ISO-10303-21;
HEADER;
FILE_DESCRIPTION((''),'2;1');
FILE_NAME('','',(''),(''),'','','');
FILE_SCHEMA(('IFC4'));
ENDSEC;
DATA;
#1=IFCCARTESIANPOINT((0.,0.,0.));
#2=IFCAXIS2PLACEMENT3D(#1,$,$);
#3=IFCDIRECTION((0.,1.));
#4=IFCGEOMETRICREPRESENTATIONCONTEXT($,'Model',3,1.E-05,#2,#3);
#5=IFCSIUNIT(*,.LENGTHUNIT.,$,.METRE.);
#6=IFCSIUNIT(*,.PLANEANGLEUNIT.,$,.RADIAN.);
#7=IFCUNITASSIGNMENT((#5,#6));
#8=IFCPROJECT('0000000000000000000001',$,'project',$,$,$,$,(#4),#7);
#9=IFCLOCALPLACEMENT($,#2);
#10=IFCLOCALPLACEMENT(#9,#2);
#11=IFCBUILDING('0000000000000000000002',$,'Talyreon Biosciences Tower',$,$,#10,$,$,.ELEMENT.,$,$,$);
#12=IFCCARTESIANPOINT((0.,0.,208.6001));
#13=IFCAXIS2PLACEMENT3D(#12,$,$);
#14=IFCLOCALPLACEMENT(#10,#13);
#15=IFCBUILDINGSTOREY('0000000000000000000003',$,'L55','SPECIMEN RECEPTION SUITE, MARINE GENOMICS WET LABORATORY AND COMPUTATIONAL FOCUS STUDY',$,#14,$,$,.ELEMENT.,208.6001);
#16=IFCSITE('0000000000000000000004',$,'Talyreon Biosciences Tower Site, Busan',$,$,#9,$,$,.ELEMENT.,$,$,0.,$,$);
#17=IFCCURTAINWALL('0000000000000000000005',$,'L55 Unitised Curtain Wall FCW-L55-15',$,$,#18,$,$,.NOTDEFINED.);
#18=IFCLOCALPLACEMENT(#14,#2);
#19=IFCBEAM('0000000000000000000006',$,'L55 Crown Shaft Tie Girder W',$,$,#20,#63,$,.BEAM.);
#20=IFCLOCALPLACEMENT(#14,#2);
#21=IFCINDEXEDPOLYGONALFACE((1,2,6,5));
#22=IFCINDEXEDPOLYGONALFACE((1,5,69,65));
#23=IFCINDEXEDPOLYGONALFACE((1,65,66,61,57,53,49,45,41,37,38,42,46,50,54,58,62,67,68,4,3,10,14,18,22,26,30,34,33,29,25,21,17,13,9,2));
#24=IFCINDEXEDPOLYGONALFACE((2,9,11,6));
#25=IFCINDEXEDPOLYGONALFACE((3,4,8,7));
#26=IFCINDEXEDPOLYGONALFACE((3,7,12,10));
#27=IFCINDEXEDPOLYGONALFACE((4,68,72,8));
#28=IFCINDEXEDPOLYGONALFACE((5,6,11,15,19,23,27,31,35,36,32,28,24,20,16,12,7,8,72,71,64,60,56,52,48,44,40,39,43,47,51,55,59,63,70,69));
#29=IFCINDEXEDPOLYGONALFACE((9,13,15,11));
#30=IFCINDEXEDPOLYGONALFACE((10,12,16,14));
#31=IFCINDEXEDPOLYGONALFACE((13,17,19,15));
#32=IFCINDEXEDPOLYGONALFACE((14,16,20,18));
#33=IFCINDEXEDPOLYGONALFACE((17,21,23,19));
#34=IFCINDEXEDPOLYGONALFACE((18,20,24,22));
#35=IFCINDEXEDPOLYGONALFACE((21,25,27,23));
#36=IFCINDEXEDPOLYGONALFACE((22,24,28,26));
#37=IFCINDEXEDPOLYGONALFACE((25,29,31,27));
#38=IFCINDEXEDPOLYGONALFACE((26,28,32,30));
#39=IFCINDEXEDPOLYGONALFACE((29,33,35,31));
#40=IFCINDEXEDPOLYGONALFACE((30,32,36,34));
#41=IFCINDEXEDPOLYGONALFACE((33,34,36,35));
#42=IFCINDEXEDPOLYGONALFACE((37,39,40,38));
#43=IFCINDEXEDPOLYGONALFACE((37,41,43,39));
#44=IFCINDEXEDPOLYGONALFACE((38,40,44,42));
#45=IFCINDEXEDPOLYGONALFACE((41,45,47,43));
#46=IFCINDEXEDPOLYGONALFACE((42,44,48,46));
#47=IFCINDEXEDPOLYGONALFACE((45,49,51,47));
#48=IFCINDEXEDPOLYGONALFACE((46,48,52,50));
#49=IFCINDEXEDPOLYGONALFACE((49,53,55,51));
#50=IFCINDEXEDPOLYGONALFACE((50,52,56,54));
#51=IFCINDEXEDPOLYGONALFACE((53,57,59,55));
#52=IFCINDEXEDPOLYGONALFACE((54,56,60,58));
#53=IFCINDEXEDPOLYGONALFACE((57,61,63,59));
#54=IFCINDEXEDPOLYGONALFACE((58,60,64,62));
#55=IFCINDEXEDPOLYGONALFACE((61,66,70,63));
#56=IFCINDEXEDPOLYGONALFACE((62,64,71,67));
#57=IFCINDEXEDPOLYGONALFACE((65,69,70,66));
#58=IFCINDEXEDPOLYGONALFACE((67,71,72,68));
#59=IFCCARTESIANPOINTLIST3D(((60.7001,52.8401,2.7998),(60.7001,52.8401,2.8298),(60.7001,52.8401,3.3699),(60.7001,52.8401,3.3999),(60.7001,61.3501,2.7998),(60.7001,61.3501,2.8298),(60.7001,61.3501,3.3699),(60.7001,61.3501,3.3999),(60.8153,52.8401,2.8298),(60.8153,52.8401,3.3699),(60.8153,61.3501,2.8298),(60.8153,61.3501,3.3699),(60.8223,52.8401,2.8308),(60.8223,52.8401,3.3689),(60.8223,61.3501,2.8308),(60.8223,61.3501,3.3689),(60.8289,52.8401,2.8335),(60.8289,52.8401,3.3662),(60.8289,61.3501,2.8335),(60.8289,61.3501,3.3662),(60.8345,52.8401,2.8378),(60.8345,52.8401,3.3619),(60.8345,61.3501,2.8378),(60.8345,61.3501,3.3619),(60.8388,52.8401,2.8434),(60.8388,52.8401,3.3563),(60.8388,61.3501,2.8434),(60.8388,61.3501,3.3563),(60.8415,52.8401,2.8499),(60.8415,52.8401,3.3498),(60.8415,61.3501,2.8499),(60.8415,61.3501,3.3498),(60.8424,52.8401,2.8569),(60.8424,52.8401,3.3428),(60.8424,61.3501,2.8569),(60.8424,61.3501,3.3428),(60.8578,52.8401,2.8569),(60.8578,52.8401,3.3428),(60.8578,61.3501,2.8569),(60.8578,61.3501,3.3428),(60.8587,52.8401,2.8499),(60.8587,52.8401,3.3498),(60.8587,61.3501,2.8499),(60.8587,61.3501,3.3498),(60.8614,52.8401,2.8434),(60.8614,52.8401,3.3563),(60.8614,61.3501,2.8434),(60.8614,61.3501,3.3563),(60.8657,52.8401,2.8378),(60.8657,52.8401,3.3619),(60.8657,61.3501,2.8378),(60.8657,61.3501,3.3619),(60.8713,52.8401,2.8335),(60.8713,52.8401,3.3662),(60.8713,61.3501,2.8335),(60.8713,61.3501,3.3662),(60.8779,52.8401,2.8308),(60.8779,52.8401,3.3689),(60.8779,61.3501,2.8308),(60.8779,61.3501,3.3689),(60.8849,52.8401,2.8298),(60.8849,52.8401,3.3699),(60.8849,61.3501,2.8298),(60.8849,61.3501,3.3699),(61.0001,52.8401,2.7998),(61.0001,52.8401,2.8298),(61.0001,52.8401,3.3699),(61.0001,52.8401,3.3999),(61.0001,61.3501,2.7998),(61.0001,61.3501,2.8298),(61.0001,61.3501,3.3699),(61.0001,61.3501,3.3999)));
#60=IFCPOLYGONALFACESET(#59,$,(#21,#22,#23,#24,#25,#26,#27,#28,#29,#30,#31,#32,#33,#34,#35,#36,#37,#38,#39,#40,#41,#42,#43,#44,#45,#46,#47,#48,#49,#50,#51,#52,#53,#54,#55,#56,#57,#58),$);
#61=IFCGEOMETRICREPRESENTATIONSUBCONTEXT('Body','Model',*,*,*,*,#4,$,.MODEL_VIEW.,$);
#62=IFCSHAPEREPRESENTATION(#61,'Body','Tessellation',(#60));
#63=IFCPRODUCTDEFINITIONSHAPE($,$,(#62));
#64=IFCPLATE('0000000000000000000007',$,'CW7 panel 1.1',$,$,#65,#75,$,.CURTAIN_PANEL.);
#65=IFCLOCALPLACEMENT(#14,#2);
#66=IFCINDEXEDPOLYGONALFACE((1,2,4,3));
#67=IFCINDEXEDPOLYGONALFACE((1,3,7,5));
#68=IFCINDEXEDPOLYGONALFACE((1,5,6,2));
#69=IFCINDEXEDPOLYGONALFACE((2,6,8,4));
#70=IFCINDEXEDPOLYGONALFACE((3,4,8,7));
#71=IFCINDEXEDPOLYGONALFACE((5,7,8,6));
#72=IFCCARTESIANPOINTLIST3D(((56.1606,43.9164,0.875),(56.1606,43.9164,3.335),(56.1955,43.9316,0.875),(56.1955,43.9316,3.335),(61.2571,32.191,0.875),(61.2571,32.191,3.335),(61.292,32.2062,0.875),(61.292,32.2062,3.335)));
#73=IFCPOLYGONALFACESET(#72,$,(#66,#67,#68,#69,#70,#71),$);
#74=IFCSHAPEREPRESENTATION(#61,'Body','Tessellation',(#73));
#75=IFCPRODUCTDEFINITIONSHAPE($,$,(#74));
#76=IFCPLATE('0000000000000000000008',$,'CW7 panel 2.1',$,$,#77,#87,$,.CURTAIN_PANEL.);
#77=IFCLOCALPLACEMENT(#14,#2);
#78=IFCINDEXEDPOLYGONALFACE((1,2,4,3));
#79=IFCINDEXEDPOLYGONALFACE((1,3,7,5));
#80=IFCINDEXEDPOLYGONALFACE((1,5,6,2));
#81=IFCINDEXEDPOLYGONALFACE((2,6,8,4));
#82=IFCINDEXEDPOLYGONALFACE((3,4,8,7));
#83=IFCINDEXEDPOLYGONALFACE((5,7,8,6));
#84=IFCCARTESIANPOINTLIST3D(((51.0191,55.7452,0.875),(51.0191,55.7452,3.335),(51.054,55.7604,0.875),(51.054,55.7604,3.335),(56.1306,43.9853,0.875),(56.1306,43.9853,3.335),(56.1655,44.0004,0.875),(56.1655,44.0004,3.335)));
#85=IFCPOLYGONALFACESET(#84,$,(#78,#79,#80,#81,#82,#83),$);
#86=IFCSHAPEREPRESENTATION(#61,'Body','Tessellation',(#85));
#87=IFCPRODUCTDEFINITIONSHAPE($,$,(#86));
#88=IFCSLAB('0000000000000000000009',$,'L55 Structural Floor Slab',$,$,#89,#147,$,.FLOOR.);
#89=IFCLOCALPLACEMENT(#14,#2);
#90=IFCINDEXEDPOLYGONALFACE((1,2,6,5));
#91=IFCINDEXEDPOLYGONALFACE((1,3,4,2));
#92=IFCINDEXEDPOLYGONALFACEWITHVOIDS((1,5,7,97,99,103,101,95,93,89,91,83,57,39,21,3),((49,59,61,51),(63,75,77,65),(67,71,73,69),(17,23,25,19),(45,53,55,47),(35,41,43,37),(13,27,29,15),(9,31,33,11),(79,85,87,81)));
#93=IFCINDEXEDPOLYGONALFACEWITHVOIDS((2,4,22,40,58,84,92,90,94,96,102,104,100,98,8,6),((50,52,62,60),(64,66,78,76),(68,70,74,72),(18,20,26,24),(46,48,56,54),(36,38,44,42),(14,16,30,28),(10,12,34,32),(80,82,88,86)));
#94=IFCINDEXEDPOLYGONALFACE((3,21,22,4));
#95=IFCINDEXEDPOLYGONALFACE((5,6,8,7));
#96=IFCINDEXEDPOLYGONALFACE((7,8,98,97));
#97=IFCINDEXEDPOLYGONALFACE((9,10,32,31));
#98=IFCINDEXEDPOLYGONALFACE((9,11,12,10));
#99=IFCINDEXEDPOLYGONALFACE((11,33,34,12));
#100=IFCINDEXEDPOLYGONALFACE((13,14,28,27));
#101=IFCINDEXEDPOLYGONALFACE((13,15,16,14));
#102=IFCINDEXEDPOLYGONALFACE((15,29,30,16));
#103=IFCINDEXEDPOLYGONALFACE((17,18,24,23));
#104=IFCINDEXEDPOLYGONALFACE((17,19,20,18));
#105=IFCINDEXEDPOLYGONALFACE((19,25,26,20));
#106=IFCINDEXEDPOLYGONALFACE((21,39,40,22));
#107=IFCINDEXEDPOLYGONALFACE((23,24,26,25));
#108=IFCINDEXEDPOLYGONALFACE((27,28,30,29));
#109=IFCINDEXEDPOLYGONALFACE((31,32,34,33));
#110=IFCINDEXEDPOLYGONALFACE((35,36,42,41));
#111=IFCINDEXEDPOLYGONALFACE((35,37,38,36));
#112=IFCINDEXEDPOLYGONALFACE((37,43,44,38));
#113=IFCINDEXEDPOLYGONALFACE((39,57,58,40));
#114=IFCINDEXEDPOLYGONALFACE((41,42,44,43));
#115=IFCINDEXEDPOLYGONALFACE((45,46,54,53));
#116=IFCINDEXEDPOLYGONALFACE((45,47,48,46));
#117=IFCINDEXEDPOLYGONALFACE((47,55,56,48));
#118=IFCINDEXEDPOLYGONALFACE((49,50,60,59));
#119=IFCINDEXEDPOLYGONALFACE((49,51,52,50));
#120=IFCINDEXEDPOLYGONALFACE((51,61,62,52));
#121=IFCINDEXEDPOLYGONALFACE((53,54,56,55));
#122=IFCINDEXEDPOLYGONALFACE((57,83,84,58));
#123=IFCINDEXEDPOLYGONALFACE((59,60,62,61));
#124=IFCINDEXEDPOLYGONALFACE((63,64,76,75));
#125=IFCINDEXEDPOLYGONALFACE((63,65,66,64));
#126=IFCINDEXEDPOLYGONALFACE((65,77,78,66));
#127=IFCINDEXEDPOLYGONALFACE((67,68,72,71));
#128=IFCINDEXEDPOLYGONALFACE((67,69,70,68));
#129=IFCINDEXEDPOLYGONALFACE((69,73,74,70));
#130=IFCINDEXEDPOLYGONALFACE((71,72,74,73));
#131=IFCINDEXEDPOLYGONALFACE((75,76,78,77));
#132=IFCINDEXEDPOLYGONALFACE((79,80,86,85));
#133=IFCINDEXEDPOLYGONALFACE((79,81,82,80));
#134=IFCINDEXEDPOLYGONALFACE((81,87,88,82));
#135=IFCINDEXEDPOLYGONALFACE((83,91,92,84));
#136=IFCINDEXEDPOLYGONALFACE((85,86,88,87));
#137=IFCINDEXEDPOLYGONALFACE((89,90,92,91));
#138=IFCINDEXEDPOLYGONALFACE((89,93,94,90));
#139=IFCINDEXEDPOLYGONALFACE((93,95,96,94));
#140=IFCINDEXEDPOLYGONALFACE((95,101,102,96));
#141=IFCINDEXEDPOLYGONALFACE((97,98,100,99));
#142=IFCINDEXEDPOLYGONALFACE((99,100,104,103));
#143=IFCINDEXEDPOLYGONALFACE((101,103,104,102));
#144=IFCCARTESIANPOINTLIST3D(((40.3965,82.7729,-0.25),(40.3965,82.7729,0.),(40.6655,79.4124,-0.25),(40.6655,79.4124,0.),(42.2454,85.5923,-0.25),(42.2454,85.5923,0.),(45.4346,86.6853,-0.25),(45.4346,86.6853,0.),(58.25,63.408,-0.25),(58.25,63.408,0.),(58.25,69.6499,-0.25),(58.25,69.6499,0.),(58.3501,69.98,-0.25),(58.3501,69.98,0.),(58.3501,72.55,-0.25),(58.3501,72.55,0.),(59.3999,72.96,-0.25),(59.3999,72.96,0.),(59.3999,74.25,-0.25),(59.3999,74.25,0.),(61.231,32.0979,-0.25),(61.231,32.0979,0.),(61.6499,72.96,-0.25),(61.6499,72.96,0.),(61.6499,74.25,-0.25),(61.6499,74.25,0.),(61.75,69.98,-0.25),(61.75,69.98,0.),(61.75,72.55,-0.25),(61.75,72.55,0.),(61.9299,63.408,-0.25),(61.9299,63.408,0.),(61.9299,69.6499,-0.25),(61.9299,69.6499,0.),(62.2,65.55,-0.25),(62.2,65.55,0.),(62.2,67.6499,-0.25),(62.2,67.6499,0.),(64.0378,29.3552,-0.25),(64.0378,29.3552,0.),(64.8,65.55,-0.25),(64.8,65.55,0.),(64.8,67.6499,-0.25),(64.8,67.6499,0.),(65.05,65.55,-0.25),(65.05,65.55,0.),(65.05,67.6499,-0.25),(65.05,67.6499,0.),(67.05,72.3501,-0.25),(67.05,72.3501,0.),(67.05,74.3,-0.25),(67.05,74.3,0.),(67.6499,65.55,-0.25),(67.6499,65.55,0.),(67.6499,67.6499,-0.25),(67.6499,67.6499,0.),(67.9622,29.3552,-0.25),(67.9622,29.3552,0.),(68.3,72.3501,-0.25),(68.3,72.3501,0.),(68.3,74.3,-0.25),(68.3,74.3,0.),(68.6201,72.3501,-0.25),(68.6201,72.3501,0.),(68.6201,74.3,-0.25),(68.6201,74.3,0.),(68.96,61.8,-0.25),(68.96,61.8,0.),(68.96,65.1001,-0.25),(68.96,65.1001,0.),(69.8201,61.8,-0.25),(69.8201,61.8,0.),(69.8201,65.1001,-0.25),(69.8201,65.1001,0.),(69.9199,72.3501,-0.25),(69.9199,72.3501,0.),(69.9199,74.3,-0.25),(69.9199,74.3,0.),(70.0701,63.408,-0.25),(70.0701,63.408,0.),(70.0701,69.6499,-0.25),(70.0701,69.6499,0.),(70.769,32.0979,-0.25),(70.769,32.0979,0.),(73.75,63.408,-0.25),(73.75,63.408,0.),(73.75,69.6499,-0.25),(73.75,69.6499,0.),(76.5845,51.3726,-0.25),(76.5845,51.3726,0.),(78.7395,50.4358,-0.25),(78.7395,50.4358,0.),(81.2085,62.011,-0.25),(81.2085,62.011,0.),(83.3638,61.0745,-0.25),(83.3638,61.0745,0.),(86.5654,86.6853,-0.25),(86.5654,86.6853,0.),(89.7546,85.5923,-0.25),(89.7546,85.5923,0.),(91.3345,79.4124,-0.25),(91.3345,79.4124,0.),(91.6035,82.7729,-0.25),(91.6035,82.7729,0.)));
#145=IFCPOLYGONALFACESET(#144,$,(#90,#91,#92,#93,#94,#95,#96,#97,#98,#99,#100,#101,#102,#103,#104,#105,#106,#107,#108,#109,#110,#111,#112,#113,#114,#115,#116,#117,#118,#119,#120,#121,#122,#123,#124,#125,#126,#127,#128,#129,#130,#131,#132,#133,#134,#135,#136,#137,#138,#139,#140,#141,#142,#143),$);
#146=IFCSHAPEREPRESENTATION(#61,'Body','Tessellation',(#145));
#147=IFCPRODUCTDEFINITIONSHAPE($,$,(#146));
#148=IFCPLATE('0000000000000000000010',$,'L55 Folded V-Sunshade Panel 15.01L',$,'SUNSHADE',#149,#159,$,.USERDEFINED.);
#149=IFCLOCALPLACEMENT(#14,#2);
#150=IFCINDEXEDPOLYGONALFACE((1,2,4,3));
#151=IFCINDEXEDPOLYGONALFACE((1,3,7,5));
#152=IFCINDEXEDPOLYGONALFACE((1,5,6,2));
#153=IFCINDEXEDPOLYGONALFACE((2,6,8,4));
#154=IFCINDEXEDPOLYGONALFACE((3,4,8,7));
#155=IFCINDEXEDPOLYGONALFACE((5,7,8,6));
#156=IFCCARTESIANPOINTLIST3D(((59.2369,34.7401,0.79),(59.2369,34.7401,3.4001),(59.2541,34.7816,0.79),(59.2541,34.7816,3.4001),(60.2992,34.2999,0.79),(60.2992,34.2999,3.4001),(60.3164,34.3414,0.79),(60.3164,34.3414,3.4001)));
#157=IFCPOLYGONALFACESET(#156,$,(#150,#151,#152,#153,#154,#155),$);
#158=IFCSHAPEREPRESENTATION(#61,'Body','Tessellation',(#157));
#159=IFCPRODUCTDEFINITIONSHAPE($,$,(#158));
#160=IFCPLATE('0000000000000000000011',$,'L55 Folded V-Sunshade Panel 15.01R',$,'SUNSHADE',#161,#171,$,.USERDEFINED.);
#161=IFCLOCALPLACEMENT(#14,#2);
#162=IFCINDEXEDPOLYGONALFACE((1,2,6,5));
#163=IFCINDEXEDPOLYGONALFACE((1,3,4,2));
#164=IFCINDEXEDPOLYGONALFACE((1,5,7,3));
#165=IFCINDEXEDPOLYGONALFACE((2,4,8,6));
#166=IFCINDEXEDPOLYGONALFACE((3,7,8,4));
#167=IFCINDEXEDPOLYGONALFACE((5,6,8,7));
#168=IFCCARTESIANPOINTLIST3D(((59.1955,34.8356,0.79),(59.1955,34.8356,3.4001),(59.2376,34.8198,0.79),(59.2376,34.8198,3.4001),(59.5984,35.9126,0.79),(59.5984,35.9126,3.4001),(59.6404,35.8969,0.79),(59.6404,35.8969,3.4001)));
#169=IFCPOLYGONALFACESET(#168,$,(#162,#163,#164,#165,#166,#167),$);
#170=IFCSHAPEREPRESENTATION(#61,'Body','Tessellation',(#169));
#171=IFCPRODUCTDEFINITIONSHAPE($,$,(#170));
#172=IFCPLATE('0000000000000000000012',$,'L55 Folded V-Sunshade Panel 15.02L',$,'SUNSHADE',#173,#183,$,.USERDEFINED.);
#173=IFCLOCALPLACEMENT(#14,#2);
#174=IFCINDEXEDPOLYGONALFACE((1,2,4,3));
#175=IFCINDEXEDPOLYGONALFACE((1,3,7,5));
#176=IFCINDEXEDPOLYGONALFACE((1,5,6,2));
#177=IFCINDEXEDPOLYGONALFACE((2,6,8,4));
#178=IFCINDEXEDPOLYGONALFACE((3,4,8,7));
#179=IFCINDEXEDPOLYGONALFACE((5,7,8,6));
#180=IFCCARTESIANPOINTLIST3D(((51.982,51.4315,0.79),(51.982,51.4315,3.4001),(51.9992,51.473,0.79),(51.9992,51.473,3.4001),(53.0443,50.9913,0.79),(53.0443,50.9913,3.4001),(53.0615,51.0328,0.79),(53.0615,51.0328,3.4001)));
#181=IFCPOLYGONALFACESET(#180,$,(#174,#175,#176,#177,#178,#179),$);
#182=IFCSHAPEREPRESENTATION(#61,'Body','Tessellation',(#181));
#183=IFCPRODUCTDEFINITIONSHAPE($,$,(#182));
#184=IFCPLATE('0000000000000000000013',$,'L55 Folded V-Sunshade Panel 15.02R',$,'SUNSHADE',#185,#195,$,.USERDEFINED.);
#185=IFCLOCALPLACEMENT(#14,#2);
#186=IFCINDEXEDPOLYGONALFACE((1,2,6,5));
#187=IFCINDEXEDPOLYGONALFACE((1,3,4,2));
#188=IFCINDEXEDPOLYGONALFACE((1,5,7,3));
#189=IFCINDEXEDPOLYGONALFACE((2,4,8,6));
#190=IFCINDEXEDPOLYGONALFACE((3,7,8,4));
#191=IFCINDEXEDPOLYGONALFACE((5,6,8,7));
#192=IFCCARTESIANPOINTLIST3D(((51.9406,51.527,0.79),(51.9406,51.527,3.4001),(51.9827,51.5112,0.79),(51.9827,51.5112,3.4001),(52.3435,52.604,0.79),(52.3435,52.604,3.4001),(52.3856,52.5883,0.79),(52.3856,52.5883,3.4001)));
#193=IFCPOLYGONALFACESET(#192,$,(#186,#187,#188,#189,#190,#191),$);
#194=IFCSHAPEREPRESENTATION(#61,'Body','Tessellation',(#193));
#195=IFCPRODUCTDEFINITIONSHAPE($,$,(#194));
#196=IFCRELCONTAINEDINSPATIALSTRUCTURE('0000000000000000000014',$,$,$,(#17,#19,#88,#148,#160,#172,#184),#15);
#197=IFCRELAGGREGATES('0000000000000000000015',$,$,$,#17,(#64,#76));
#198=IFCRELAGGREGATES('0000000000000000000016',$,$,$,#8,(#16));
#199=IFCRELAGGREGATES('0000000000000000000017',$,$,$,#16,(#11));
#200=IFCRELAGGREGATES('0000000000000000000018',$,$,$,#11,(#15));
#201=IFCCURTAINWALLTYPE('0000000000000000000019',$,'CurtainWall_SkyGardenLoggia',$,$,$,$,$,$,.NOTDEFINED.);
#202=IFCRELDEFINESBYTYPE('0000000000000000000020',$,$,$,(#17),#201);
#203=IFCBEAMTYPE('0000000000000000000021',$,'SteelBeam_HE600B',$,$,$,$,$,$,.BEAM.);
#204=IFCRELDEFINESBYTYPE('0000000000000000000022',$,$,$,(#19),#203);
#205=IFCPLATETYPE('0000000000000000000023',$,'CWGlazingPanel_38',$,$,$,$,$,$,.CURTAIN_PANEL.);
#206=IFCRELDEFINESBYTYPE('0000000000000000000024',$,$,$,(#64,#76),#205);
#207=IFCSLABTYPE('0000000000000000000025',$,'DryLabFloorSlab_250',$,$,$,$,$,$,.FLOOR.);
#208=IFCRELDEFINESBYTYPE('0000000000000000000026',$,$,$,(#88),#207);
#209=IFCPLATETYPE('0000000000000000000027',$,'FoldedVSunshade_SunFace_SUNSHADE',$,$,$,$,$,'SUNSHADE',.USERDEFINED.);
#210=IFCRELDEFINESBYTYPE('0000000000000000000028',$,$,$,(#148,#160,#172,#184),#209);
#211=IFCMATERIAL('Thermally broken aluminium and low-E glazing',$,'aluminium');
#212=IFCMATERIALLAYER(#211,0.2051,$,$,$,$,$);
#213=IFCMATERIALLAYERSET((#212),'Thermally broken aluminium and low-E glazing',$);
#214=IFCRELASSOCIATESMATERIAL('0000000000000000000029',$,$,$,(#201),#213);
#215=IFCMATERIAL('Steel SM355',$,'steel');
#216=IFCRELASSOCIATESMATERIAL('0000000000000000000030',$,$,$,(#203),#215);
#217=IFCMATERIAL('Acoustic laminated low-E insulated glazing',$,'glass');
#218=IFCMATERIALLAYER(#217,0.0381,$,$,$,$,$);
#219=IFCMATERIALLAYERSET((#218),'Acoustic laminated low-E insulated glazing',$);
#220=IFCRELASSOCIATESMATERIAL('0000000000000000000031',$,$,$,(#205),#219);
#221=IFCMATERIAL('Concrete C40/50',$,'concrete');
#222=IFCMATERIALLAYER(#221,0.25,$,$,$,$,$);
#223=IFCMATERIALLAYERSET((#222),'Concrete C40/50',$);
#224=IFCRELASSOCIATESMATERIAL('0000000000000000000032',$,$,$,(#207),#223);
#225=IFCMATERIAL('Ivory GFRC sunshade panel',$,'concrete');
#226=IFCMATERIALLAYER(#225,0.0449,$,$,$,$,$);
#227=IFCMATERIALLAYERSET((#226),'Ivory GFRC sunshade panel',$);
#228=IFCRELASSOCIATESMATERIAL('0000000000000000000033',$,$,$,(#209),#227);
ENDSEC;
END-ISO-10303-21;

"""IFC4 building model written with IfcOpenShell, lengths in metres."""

from ifc_helpers import new_model, si_unit, direction, frame, origin, origin_2d, place, context, subcontext, project, spatial, polyline, rectangle, i_section, outline, extrude, material, layer, layer_set, material_profile, profile_set, type_object, element, aggregate, save


model = new_model("IFC4")

# Units and contexts
model_context = context("Model", 3, precision=1e-05, world=origin(), true_north=direction((0.0, 1.0)))
body_context = subcontext(model_context, "Body", "Model", "MODEL_VIEW")
ifc_project = project(units=[si_unit("LENGTHUNIT", "METRE"), si_unit("PLANEANGLEUNIT", "RADIAN")], contexts=[model_context])

# Site, building, storey
site_placement = place(None, origin())
site = spatial("IfcSite", under=ifc_project, at=site_placement, Name="Talyreon Biosciences Tower Site, Busan", CompositionType="ELEMENT", RefElevation=0.0)
building_placement = place(site_placement, origin())
building = spatial("IfcBuilding", under=site, at=building_placement, Name="Talyreon Biosciences Tower", CompositionType="ELEMENT")
storey_placement = place(building_placement, frame((0.0, 0.0, 208.6001)))
storey = spatial("IfcBuildingStorey", under=building, at=storey_placement, Name="L55", Description="SPECIMEN RECEPTION SUITE, MARINE GENOMICS WET LABORATORY AND COMPUTATIONAL FOCUS STUDY", CompositionType="ELEMENT", Elevation=208.6001)

# Curtain wall
ifc_material_1 = material(Name="Thermally broken aluminium and low-E glazing", Category="aluminium")
ifc_layer_1 = layer(ifc_material_1, 0.2051)
ifc_layer_set_1 = layer_set([ifc_layer_1], Name="Thermally broken aluminium and low-E glazing")
curtain_wall_type = type_object("IfcCurtainWallType", Name="CurtainWall_SkyGardenLoggia", PredefinedType="NOTDEFINED", material=ifc_layer_set_1)
curtain_wall_placement = place(storey_placement, origin())
curtain_wall = element("IfcCurtainWall", 1, at=curtain_wall_placement, inside=storey, type_object=curtain_wall_type, Name="L55 Unitised Curtain Wall FCW-L55-15", PredefinedType="NOTDEFINED")

# Beam
ifc_material_2 = material(Name="Steel SM355", Category="steel")
ifc_material_profile_1 = material_profile(ifc_material_2, i_section(OverallWidth=0.3, OverallDepth=0.6001, WebThickness=0.0154, FlangeThickness=0.03, FilletRadius=0.0271, at=origin_2d()), Name="HE600B")
ifc_profile_set_1 = profile_set([ifc_material_profile_1], Name="Steel SM355")
beam_type_1 = type_object("IfcBeamType", Name="SteelBeam_HE600B", PredefinedType="BEAM", material=ifc_profile_set_1)
beam_1_placement = place(storey_placement, frame((60.8501, 52.8401, 3.0999), z_axis=(0.0, 1.0, 0.0), x_axis=(-1.0, 0.0, 0.0)))
element("IfcBeam", 2, at=beam_1_placement, inside=storey, type_object=beam_type_1, Name="L55 Crown Shaft Tie Girder W", PredefinedType="BEAM", context=body_context, shape_type="SweptSolid", body=[
    extrude(i_section(OverallWidth=0.3, OverallDepth=0.6001, WebThickness=0.0154, FlangeThickness=0.03, FilletRadius=0.0271, at=origin_2d()), origin(), (0.0, 0.0, 1.0), 8.51),
])

# Plates
ifc_material_3 = material(Name="Acoustic laminated low-E insulated glazing", Category="glass")
ifc_layer_2 = layer(ifc_material_3, 0.0381)
ifc_layer_set_2 = layer_set([ifc_layer_2], Name="Acoustic laminated low-E insulated glazing")
plate_type_1 = type_object("IfcPlateType", Name="CWGlazingPanel_38", PredefinedType="CURTAIN_PANEL", material=ifc_layer_set_2)
plate_1_placement = place(storey_placement, frame((58.7263, 38.0613, 0.875), z_axis=(0.0, 0.0, 1.0), x_axis=(-0.398626, 0.917113, 0.0)))
plate_1 = element("IfcPlate", 3, at=plate_1_placement, type_object=plate_type_1, Name="CW7 panel 1.1", PredefinedType="CURTAIN_PANEL", context=body_context, shape_type="SweptSolid", body=[
    extrude(rectangle(XDim=12.7852, YDim=0.0381, at=origin_2d()), origin(), (0.0, 0.0, 1.0), 2.46),
])
plate_2_placement = place(storey_placement, frame((53.5923, 49.8728, 0.875), z_axis=(0.0, 0.0, 1.0), x_axis=(-0.398626, 0.917113, 0.0)))
plate_2 = element("IfcPlate", 4, at=plate_2_placement, type_object=plate_type_1, Name="CW7 panel 2.1", PredefinedType="CURTAIN_PANEL", context=body_context, shape_type="SweptSolid", body=[
    extrude(rectangle(XDim=12.8228, YDim=0.0381, at=origin_2d()), origin(), (0.0, 0.0, 1.0), 2.46),
])
aggregate(curtain_wall, [plate_1, plate_2])

# Slab
ifc_material_4 = material(Name="Concrete C40/50", Category="concrete")
ifc_layer_3 = layer(ifc_material_4, 0.25)
ifc_layer_set_3 = layer_set([ifc_layer_3], Name="Concrete C40/50")
slab_type_1 = type_object("IfcSlabType", Name="DryLabFloorSlab_250", PredefinedType="FLOOR", material=ifc_layer_set_3)
slab_1_placement = place(storey_placement, frame((0.0, 0.0, -0.25)))
element("IfcSlab", 5, at=slab_1_placement, inside=storey, type_object=slab_type_1, Name="L55 Structural Floor Slab", PredefinedType="FLOOR", context=body_context, shape_type="SweptSolid", body=[
    extrude(outline(polyline([(40.6655, 79.4124), (40.3965, 82.7729), (42.2454, 85.5923), (45.4346, 86.6853), (86.5654, 86.6853), (89.7546, 85.5923), (91.6035, 82.7729), (91.3345, 79.4124), (83.3638, 61.0745), (81.2085, 62.011), (76.5845, 51.3726), (78.7395, 50.4358), (70.769, 32.0979), (67.9622, 29.3552), (64.0378, 29.3552), (61.231, 32.0979), (40.6655, 79.4124)]), holes=[polyline([(69.8201, 65.1001), (69.8201, 61.8), (68.96, 61.8), (68.96, 65.1001), (69.8201, 65.1001)]), polyline([(61.9299, 69.6499), (61.9299, 63.408), (58.25, 63.408), (58.25, 69.6499), (61.9299, 69.6499)]), polyline([(73.75, 69.6499), (73.75, 63.408), (70.0701, 63.408), (70.0701, 69.6499), (73.75, 69.6499)]), polyline([(64.8, 67.6499), (64.8, 65.55), (62.2, 65.55), (62.2, 67.6499), (64.8, 67.6499)]), polyline([(67.6499, 67.6499), (67.6499, 65.55), (65.05, 65.55), (65.05, 67.6499), (67.6499, 67.6499)]), polyline([(61.75, 72.55), (61.75, 69.98), (58.3501, 69.98), (58.3501, 72.55), (61.75, 72.55)]), polyline([(68.3, 74.3), (68.3, 72.3501), (67.05, 72.3501), (67.05, 74.3), (68.3, 74.3)]), polyline([(69.9199, 72.3501), (68.6201, 72.3501), (68.6201, 74.3), (69.9199, 74.3), (69.9199, 72.3501)]), polyline([(61.6499, 72.96), (59.3999, 72.96), (59.3999, 74.25), (61.6499, 74.25), (61.6499, 72.96)])]), origin(), (0.0, 0.0, 1.0), 0.25),
])

# Plates
ifc_material_5 = material(Name="Ivory GFRC sunshade panel", Category="concrete")
ifc_layer_4 = layer(ifc_material_5, 0.0449)
ifc_layer_set_4 = layer_set([ifc_layer_4], Name="Ivory GFRC sunshade panel")
plate_type_2 = type_object("IfcPlateType", Name="FoldedVSunshade_SunFace_SUNSHADE", ElementType="SUNSHADE", PredefinedType="USERDEFINED", material=ifc_layer_set_4)
for number, where, z_axis, x_axis, name in (
    (6, (59.7766, 34.5408, 0.79), (0.0, 0.0, 1.0), (-0.923826, 0.382812, 0.0), "L55 Folded V-Sunshade Panel 15.01L"),
    (7, (59.418, 35.3662, 0.79), (0.0, 0.0, 1.0), (0.350338, 0.936623, 0.0), "L55 Folded V-Sunshade Panel 15.01R"),
    (8, (52.5217, 51.2322, 0.79), (0.0, 0.0, 1.0), (-0.923826, 0.382812, 0.0), "L55 Folded V-Sunshade Panel 15.02L"),
    (9, (52.1631, 52.0576, 0.79), (0.0, 0.0, 1.0), (0.350338, 0.936623, 0.0), "L55 Folded V-Sunshade Panel 15.02R"),
):
    element("IfcPlate", number, at=place(storey_placement, frame(where, z_axis=z_axis, x_axis=x_axis)), inside=storey, type_object=plate_type_2, Name=name, ObjectType="SUNSHADE", PredefinedType="USERDEFINED", context=body_context, shape_type="SweptSolid", body=[
        extrude(rectangle(XDim=1.1499, YDim=0.0449, at=origin_2d()), origin(), (0.0, 0.0, 1.0), 2.6101),
    ])

save(model, "model.ifc")
